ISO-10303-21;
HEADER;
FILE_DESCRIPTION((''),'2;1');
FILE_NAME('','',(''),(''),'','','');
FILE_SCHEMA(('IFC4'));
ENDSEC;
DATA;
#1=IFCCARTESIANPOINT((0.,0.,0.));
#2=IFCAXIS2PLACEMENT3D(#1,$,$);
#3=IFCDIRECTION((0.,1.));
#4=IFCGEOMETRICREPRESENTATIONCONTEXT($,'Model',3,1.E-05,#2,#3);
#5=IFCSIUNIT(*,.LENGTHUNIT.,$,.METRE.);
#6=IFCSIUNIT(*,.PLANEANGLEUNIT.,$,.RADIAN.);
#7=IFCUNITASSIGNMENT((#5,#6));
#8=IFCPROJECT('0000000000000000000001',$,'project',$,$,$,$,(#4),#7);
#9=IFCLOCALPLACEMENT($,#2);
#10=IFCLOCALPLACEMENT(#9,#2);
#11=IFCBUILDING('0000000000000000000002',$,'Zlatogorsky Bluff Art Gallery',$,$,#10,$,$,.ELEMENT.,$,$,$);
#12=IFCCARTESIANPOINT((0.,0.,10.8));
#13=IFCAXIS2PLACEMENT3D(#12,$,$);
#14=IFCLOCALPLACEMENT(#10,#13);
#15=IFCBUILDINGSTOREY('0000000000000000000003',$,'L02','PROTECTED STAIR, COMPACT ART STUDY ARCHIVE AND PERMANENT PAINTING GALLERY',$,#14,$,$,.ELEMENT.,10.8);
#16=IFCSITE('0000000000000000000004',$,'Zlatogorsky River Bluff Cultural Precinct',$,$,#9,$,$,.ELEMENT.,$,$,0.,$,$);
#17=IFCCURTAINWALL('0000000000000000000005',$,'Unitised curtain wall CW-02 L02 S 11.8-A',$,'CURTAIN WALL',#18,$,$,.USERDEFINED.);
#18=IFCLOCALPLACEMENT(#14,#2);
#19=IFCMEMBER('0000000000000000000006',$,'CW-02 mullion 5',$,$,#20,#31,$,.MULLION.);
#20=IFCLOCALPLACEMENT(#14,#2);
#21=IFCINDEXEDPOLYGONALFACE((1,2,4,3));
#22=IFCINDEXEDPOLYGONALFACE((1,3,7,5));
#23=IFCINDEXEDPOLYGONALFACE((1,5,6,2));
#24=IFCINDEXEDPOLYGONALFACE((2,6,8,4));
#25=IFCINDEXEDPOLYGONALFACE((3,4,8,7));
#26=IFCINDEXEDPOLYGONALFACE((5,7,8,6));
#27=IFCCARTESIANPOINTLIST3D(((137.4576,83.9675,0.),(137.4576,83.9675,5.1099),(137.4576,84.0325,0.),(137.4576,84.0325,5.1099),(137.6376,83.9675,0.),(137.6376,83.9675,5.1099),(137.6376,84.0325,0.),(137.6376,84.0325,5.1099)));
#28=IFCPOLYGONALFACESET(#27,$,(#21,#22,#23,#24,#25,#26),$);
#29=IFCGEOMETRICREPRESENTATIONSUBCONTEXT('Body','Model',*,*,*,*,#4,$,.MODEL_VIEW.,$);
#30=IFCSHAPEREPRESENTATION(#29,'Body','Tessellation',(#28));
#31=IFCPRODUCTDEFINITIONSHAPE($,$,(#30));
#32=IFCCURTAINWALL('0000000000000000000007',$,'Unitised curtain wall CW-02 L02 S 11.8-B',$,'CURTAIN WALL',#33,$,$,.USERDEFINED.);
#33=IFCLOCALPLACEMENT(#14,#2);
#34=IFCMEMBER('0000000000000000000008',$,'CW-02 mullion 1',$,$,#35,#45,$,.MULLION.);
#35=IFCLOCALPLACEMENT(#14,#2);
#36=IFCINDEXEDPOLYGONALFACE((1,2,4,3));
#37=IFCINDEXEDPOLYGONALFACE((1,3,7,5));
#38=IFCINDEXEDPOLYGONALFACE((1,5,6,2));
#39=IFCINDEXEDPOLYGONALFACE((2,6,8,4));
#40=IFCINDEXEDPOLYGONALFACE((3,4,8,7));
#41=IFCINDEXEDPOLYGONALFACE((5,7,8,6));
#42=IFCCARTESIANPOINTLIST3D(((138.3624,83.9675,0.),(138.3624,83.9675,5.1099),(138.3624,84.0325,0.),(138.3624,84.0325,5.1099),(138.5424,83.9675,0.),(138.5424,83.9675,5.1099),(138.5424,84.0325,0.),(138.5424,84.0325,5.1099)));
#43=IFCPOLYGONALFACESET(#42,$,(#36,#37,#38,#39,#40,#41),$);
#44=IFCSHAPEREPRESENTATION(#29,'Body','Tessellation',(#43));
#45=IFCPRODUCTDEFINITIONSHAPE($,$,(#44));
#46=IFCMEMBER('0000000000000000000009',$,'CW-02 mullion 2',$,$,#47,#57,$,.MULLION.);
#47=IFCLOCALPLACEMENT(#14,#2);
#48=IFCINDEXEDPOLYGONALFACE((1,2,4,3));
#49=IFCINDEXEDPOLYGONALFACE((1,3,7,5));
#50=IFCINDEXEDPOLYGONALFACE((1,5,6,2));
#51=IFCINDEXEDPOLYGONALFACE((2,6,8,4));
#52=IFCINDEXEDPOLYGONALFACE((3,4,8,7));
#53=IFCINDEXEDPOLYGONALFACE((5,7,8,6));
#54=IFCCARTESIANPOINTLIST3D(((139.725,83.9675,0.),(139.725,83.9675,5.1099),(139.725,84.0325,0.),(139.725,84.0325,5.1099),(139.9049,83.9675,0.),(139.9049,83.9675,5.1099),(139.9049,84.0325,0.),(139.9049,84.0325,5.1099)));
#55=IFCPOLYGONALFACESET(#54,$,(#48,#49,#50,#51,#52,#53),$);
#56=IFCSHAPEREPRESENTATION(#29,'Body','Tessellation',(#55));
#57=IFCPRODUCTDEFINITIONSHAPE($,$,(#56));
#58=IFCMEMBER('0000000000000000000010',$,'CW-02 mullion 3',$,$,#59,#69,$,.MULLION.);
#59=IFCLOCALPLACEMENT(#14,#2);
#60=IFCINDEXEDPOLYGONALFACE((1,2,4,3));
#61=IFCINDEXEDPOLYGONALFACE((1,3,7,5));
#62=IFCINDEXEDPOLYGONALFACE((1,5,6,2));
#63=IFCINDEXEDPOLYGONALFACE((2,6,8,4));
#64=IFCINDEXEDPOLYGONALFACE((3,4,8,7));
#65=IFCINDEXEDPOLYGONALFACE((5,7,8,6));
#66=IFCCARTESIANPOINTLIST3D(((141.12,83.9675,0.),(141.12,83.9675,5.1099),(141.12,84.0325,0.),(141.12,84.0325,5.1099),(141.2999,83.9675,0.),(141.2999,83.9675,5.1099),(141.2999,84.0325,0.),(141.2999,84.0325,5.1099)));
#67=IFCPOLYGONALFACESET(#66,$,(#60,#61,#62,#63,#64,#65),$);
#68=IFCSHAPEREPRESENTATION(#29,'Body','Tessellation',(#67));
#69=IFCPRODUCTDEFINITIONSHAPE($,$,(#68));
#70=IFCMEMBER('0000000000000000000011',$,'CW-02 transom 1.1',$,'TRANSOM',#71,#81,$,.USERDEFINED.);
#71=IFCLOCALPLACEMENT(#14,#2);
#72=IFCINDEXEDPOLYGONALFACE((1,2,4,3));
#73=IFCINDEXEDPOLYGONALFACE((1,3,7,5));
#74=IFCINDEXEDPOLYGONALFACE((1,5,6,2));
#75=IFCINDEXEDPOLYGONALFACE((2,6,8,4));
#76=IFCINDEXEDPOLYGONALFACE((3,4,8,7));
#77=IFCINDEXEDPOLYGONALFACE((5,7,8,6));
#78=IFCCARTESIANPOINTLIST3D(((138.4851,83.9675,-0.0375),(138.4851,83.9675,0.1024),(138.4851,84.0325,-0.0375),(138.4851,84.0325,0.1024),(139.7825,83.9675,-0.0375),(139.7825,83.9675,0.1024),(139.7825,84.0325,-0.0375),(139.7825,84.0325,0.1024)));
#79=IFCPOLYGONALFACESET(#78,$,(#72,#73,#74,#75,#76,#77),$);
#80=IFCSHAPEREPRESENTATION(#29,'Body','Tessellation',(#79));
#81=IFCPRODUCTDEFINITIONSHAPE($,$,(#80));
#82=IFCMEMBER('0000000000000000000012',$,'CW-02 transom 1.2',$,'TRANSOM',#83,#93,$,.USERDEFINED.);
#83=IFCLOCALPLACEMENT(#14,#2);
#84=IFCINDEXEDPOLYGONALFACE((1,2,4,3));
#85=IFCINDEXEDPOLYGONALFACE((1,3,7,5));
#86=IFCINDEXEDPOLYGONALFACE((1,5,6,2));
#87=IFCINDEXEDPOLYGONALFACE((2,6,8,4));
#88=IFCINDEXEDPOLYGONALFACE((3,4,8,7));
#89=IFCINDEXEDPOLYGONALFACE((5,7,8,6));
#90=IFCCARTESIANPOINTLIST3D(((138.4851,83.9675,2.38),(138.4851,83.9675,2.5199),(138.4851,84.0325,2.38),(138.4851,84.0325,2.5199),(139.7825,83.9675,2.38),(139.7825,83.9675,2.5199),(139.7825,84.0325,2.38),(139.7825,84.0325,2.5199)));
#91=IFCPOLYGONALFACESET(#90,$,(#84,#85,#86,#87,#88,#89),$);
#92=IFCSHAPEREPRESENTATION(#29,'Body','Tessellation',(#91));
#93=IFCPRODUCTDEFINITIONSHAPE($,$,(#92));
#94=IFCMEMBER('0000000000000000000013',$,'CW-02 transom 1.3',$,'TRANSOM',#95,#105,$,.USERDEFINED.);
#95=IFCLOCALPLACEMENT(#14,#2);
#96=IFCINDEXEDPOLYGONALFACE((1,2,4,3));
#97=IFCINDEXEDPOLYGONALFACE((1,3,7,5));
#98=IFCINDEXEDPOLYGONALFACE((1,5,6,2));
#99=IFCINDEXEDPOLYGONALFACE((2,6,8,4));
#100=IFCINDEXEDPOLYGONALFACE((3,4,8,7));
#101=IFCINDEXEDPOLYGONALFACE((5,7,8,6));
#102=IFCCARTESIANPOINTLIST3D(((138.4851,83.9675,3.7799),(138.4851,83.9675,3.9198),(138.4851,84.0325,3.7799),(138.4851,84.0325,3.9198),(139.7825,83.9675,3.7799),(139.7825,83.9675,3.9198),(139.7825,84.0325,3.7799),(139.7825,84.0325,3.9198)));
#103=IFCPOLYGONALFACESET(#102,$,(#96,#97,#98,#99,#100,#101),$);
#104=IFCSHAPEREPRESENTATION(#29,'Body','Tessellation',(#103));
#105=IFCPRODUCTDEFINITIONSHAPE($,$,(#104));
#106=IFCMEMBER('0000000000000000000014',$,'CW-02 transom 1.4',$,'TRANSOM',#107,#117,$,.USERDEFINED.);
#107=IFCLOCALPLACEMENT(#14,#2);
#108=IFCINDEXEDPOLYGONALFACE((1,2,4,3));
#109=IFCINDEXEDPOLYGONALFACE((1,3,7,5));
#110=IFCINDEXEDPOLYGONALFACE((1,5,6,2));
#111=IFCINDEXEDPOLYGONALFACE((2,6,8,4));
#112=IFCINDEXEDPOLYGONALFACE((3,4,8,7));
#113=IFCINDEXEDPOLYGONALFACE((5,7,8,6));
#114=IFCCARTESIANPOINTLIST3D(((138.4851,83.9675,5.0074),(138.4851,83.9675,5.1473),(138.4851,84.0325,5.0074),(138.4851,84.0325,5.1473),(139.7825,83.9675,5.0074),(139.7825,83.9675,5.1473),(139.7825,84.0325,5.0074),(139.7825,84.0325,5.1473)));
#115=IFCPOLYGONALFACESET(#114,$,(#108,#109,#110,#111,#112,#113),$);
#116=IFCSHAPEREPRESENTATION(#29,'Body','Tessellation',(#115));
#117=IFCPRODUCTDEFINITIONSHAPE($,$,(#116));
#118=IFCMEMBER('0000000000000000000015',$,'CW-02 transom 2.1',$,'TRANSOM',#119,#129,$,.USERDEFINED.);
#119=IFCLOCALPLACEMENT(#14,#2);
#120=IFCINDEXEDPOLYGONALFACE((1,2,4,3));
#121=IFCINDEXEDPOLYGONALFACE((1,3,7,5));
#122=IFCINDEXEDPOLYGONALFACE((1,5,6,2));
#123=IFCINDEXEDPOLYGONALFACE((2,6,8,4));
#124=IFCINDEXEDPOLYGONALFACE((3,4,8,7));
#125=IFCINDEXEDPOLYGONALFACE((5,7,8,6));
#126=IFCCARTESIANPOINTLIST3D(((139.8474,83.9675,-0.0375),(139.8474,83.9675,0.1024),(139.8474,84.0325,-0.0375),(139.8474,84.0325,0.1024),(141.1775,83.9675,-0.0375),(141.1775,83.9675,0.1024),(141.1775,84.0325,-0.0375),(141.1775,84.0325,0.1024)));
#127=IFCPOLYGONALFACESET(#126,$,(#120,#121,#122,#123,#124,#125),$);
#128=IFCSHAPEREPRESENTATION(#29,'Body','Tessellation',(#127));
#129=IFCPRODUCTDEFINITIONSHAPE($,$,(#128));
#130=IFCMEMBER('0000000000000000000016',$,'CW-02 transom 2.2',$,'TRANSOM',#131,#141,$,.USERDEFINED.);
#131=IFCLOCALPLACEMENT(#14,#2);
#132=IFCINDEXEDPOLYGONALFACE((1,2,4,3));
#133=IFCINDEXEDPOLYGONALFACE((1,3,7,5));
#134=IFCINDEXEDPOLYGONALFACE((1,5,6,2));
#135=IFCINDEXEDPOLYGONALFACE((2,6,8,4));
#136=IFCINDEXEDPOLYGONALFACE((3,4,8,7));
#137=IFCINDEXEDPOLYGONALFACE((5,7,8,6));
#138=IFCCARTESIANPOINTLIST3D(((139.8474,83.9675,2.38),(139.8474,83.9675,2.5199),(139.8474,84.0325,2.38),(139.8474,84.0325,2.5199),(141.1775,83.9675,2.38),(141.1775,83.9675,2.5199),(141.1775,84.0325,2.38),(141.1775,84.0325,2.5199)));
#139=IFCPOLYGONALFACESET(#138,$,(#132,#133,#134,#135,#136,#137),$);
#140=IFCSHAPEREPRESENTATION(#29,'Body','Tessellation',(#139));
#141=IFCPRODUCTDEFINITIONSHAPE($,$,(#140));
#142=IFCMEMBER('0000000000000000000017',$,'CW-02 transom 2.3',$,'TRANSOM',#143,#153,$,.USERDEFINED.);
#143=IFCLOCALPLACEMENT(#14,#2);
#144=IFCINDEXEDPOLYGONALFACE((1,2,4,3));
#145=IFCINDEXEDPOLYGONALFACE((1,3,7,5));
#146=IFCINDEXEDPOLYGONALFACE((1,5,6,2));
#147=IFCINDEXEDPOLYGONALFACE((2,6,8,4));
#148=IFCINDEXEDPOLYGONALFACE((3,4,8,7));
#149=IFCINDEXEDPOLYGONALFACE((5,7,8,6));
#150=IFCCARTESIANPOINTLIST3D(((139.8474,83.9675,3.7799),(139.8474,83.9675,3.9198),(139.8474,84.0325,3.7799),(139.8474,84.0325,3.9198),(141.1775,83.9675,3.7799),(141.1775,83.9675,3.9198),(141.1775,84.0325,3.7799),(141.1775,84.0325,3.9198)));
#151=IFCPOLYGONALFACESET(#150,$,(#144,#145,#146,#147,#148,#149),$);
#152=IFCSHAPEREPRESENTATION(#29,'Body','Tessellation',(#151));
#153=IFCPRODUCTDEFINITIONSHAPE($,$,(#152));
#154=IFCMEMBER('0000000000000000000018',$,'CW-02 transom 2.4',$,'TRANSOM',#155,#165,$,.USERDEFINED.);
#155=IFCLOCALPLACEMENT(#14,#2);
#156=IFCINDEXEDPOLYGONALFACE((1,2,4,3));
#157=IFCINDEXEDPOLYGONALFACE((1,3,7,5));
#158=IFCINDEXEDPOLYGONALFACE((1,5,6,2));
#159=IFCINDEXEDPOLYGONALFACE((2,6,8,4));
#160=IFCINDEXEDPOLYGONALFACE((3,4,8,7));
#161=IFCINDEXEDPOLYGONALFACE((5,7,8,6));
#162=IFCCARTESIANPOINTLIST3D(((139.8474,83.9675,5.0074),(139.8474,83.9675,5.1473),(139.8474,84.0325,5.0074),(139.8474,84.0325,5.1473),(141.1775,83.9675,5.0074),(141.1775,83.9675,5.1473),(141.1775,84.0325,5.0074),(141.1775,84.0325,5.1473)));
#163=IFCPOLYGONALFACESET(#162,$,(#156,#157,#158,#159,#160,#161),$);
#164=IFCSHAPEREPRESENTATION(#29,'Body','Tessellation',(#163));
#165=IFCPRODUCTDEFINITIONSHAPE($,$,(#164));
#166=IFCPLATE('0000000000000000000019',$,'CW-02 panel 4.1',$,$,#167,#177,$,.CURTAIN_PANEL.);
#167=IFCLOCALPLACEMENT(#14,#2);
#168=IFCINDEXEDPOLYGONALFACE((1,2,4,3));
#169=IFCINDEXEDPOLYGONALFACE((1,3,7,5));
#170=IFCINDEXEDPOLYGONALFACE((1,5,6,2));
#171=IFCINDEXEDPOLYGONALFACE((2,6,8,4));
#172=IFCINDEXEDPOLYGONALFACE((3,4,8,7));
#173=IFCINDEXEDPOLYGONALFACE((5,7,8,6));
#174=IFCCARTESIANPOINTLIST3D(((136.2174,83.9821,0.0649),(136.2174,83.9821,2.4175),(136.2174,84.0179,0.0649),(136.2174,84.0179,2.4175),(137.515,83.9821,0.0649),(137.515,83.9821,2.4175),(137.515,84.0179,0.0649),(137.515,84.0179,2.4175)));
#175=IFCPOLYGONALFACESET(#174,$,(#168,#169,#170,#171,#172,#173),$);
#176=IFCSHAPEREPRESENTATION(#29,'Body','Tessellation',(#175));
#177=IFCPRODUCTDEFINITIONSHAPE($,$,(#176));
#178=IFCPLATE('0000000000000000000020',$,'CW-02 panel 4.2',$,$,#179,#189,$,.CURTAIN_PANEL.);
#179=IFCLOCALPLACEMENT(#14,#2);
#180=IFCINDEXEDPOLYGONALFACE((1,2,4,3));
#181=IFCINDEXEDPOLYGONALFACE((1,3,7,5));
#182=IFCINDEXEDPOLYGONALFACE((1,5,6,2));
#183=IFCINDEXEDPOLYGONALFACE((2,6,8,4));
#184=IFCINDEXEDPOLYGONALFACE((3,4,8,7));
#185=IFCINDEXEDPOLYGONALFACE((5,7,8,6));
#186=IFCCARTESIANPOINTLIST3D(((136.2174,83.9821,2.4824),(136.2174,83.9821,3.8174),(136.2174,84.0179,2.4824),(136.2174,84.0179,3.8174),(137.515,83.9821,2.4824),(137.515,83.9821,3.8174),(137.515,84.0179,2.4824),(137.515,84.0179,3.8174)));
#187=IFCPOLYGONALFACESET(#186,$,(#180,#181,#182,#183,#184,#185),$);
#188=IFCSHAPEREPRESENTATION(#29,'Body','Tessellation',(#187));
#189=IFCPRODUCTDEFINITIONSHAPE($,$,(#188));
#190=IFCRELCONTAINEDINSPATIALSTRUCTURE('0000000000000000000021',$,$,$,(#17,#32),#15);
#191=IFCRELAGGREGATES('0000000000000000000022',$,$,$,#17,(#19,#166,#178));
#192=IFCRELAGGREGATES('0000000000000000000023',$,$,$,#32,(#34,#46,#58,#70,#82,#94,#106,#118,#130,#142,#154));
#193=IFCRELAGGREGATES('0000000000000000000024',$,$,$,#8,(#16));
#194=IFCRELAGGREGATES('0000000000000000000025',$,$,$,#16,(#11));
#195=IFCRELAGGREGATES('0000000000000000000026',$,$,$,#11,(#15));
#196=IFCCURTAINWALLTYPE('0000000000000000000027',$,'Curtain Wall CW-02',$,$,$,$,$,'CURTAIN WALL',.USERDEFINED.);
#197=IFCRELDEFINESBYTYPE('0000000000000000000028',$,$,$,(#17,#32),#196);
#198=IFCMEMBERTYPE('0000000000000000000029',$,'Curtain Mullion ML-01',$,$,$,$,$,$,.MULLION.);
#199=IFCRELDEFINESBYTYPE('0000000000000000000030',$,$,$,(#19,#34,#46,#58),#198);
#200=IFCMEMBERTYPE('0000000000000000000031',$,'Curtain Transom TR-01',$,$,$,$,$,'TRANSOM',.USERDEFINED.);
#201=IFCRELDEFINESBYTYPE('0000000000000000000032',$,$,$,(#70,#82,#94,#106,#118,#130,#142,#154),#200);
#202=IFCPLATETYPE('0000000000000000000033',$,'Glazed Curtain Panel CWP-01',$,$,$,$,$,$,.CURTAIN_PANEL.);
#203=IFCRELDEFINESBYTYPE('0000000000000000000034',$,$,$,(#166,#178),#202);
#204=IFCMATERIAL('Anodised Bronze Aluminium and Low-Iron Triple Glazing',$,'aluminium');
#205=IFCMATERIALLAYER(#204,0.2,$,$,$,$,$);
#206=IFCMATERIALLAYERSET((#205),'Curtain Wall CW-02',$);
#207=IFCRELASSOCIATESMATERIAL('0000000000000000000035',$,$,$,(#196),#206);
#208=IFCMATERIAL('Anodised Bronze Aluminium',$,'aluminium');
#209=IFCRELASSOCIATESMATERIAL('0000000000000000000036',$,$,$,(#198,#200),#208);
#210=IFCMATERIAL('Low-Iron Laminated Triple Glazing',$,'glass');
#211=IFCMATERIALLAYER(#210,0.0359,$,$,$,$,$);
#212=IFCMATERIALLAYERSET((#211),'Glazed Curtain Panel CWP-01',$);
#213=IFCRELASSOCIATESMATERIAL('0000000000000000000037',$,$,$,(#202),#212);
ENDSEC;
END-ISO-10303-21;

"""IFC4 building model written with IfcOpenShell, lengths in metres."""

from ifc_helpers import new_model, si_unit, direction, frame, origin, origin_2d, place, context, subcontext, project, spatial, rectangle, extrude, material, layer, layer_set, material_profile, profile_set, type_object, element, aggregate, save


model = new_model("IFC4")

# Units and contexts
model_context = context("Model", 3, precision=1e-05, world=origin(), true_north=direction((0.0, 1.0)))
body_context = subcontext(model_context, "Body", "Model", "MODEL_VIEW")
ifc_project = project(units=[si_unit("LENGTHUNIT", "METRE"), si_unit("PLANEANGLEUNIT", "RADIAN")], contexts=[model_context])

# Site, building, storey
site_placement = place(None, origin())
site = spatial("IfcSite", under=ifc_project, at=site_placement, Name="Zlatogorsky River Bluff Cultural Precinct", CompositionType="ELEMENT", RefElevation=0.0)
building_placement = place(site_placement, origin())
building = spatial("IfcBuilding", under=site, at=building_placement, Name="Zlatogorsky Bluff Art Gallery", CompositionType="ELEMENT")
storey_placement = place(building_placement, frame((0.0, 0.0, 10.8)))
storey = spatial("IfcBuildingStorey", under=building, at=storey_placement, Name="L02", Description="PROTECTED STAIR, COMPACT ART STUDY ARCHIVE AND PERMANENT PAINTING GALLERY", CompositionType="ELEMENT", Elevation=10.8)

# Curtain wall, member
ifc_material_1 = material(Name="Anodised Bronze Aluminium and Low-Iron Triple Glazing", Category="aluminium")
ifc_layer_1 = layer(ifc_material_1, 0.2)
ifc_layer_set_1 = layer_set([ifc_layer_1], Name="Curtain Wall CW-02")
curtain_wall_type = type_object("IfcCurtainWallType", Name="Curtain Wall CW-02", ElementType="CURTAIN WALL", PredefinedType="USERDEFINED", material=ifc_layer_set_1)
curtain_wall_1_placement = place(storey_placement, origin())
curtain_wall_1 = element("IfcCurtainWall", 1, at=curtain_wall_1_placement, inside=storey, type_object=curtain_wall_type, Name="Unitised curtain wall CW-02 L02 S 11.8-A", ObjectType="CURTAIN WALL", PredefinedType="USERDEFINED")
ifc_material_2 = material(Name="Anodised Bronze Aluminium", Category="aluminium")
ifc_material_profile_1 = material_profile(ifc_material_2, rectangle(XDim=0.0649, YDim=0.1799, at=origin_2d()), Name="ALU MULLION 65x180")
ifc_profile_set_1 = profile_set([ifc_material_profile_1], Name="Anodised Bronze Aluminium")
member_type_1 = type_object("IfcMemberType", Name="Curtain Mullion ML-01", PredefinedType="MULLION", material=ifc_profile_set_1)
member_1_placement = place(storey_placement, frame((137.5476, 84.0, 0.0), z_axis=(0.0, 0.0, 1.0), x_axis=(0.0, 1.0, 0.0)))
member_1 = element("IfcMember", 2, at=member_1_placement, type_object=member_type_1, Name="CW-02 mullion 5", PredefinedType="MULLION", context=body_context, shape_type="SweptSolid", body=[
    extrude(rectangle(XDim=0.0649, YDim=0.1799, at=origin_2d()), origin(), (0.0, 0.0, 1.0), 5.1099),
])

# Curtain wall, members
curtain_wall_2_placement = place(storey_placement, origin())
curtain_wall_2 = element("IfcCurtainWall", 3, at=curtain_wall_2_placement, inside=storey, type_object=curtain_wall_type, Name="Unitised curtain wall CW-02 L02 S 11.8-B", ObjectType="CURTAIN WALL", PredefinedType="USERDEFINED")
member_2_placement = place(storey_placement, frame((138.4524, 84.0, 0.0), z_axis=(0.0, 0.0, 1.0), x_axis=(0.0, 1.0, 0.0)))
member_2 = element("IfcMember", 4, at=member_2_placement, type_object=member_type_1, Name="CW-02 mullion 1", PredefinedType="MULLION", context=body_context, shape_type="SweptSolid", body=[
    extrude(rectangle(XDim=0.0649, YDim=0.1799, at=origin_2d()), origin(), (0.0, 0.0, 1.0), 5.1099),
])
member_3_placement = place(storey_placement, frame((139.8149, 84.0, 0.0), z_axis=(0.0, 0.0, 1.0), x_axis=(0.0, 1.0, 0.0)))
member_3 = element("IfcMember", 5, at=member_3_placement, type_object=member_type_1, Name="CW-02 mullion 2", PredefinedType="MULLION", context=body_context, shape_type="SweptSolid", body=[
    extrude(rectangle(XDim=0.0649, YDim=0.1799, at=origin_2d()), origin(), (0.0, 0.0, 1.0), 5.1099),
])
member_4_placement = place(storey_placement, frame((141.21, 84.0, 0.0), z_axis=(0.0, 0.0, 1.0), x_axis=(0.0, 1.0, 0.0)))
member_4 = element("IfcMember", 6, at=member_4_placement, type_object=member_type_1, Name="CW-02 mullion 3", PredefinedType="MULLION", context=body_context, shape_type="SweptSolid", body=[
    extrude(rectangle(XDim=0.0649, YDim=0.1799, at=origin_2d()), origin(), (0.0, 0.0, 1.0), 5.1099),
])
ifc_material_profile_2 = material_profile(ifc_material_2, rectangle(XDim=0.0649, YDim=0.1399, at=origin_2d()), Name="ALU TRANSOM 65x140")
ifc_profile_set_2 = profile_set([ifc_material_profile_2], Name="Anodised Bronze Aluminium")
member_type_2 = type_object("IfcMemberType", Name="Curtain Transom TR-01", ElementType="TRANSOM", PredefinedType="USERDEFINED", material=ifc_profile_set_2)
member_5_placement = place(storey_placement, frame((138.4851, 84.0, 0.0325), z_axis=(1.0, 0.0, 0.0), x_axis=(0.0, 1.0, 0.0)))
member_5 = element("IfcMember", 7, at=member_5_placement, type_object=member_type_2, Name="CW-02 transom 1.1", ObjectType="TRANSOM", PredefinedType="USERDEFINED", context=body_context, shape_type="SweptSolid", body=[
    extrude(rectangle(XDim=0.0649, YDim=0.1399, at=origin_2d()), origin(), (0.0, 0.0, 1.0), 1.2974),
])
member_6_placement = place(storey_placement, frame((138.4851, 84.0, 2.45), z_axis=(1.0, 0.0, 0.0), x_axis=(0.0, 1.0, 0.0)))
member_6 = element("IfcMember", 8, at=member_6_placement, type_object=member_type_2, Name="CW-02 transom 1.2", ObjectType="TRANSOM", PredefinedType="USERDEFINED", context=body_context, shape_type="SweptSolid", body=[
    extrude(rectangle(XDim=0.0649, YDim=0.1399, at=origin_2d()), origin(), (0.0, 0.0, 1.0), 1.2974),
])
member_7_placement = place(storey_placement, frame((138.4851, 84.0, 3.8499), z_axis=(1.0, 0.0, 0.0), x_axis=(0.0, 1.0, 0.0)))
member_7 = element("IfcMember", 9, at=member_7_placement, type_object=member_type_2, Name="CW-02 transom 1.3", ObjectType="TRANSOM", PredefinedType="USERDEFINED", context=body_context, shape_type="SweptSolid", body=[
    extrude(rectangle(XDim=0.0649, YDim=0.1399, at=origin_2d()), origin(), (0.0, 0.0, 1.0), 1.2974),
])
member_8_placement = place(storey_placement, frame((138.4851, 84.0, 5.0774), z_axis=(1.0, 0.0, 0.0), x_axis=(0.0, 1.0, 0.0)))
member_8 = element("IfcMember", 10, at=member_8_placement, type_object=member_type_2, Name="CW-02 transom 1.4", ObjectType="TRANSOM", PredefinedType="USERDEFINED", context=body_context, shape_type="SweptSolid", body=[
    extrude(rectangle(XDim=0.0649, YDim=0.1399, at=origin_2d()), origin(), (0.0, 0.0, 1.0), 1.2974),
])
member_9_placement = place(storey_placement, frame((139.8474, 84.0, 0.0325), z_axis=(1.0, 0.0, 0.0), x_axis=(0.0, 1.0, 0.0)))
member_9 = element("IfcMember", 11, at=member_9_placement, type_object=member_type_2, Name="CW-02 transom 2.1", ObjectType="TRANSOM", PredefinedType="USERDEFINED", context=body_context, shape_type="SweptSolid", body=[
    extrude(rectangle(XDim=0.0649, YDim=0.1399, at=origin_2d()), origin(), (0.0, 0.0, 1.0), 1.3301),
])
member_10_placement = place(storey_placement, frame((139.8474, 84.0, 2.45), z_axis=(1.0, 0.0, 0.0), x_axis=(0.0, 1.0, 0.0)))
member_10 = element("IfcMember", 12, at=member_10_placement, type_object=member_type_2, Name="CW-02 transom 2.2", ObjectType="TRANSOM", PredefinedType="USERDEFINED", context=body_context, shape_type="SweptSolid", body=[
    extrude(rectangle(XDim=0.0649, YDim=0.1399, at=origin_2d()), origin(), (0.0, 0.0, 1.0), 1.3301),
])
member_11_placement = place(storey_placement, frame((139.8474, 84.0, 3.8499), z_axis=(1.0, 0.0, 0.0), x_axis=(0.0, 1.0, 0.0)))
member_11 = element("IfcMember", 13, at=member_11_placement, type_object=member_type_2, Name="CW-02 transom 2.3", ObjectType="TRANSOM", PredefinedType="USERDEFINED", context=body_context, shape_type="SweptSolid", body=[
    extrude(rectangle(XDim=0.0649, YDim=0.1399, at=origin_2d()), origin(), (0.0, 0.0, 1.0), 1.3301),
])
member_12_placement = place(storey_placement, frame((139.8474, 84.0, 5.0774), z_axis=(1.0, 0.0, 0.0), x_axis=(0.0, 1.0, 0.0)))
member_12 = element("IfcMember", 14, at=member_12_placement, type_object=member_type_2, Name="CW-02 transom 2.4", ObjectType="TRANSOM", PredefinedType="USERDEFINED", context=body_context, shape_type="SweptSolid", body=[
    extrude(rectangle(XDim=0.0649, YDim=0.1399, at=origin_2d()), origin(), (0.0, 0.0, 1.0), 1.3301),
])

# Plates
ifc_material_3 = material(Name="Low-Iron Laminated Triple Glazing", Category="glass")
ifc_layer_2 = layer(ifc_material_3, 0.0359)
ifc_layer_set_2 = layer_set([ifc_layer_2], Name="Glazed Curtain Panel CWP-01")
plate_type = type_object("IfcPlateType", Name="Glazed Curtain Panel CWP-01", PredefinedType="CURTAIN_PANEL", material=ifc_layer_set_2)
plate_1_placement = place(storey_placement, frame((136.8662, 84.0, 0.0649), z_axis=(0.0, 0.0, 1.0), x_axis=(1.0, 0.0, 0.0)))
plate_1 = element("IfcPlate", 15, at=plate_1_placement, type_object=plate_type, Name="CW-02 panel 4.1", PredefinedType="CURTAIN_PANEL", context=body_context, shape_type="SweptSolid", body=[
    extrude(rectangle(XDim=1.2976, YDim=0.0359, at=origin_2d()), origin(), (0.0, 0.0, 1.0), 2.3525),
])
plate_2_placement = place(storey_placement, frame((136.8662, 84.0, 2.4824), z_axis=(0.0, 0.0, 1.0), x_axis=(1.0, 0.0, 0.0)))
plate_2 = element("IfcPlate", 16, at=plate_2_placement, type_object=plate_type, Name="CW-02 panel 4.2", PredefinedType="CURTAIN_PANEL", context=body_context, shape_type="SweptSolid", body=[
    extrude(rectangle(XDim=1.2976, YDim=0.0359, at=origin_2d()), origin(), (0.0, 0.0, 1.0), 1.335),
])
aggregate(curtain_wall_1, [member_1, plate_1, plate_2])
aggregate(curtain_wall_2, [member_2, member_3, member_4, member_5, member_6, member_7, member_8, member_9, member_10, member_11, member_12])

save(model, "model.ifc")
